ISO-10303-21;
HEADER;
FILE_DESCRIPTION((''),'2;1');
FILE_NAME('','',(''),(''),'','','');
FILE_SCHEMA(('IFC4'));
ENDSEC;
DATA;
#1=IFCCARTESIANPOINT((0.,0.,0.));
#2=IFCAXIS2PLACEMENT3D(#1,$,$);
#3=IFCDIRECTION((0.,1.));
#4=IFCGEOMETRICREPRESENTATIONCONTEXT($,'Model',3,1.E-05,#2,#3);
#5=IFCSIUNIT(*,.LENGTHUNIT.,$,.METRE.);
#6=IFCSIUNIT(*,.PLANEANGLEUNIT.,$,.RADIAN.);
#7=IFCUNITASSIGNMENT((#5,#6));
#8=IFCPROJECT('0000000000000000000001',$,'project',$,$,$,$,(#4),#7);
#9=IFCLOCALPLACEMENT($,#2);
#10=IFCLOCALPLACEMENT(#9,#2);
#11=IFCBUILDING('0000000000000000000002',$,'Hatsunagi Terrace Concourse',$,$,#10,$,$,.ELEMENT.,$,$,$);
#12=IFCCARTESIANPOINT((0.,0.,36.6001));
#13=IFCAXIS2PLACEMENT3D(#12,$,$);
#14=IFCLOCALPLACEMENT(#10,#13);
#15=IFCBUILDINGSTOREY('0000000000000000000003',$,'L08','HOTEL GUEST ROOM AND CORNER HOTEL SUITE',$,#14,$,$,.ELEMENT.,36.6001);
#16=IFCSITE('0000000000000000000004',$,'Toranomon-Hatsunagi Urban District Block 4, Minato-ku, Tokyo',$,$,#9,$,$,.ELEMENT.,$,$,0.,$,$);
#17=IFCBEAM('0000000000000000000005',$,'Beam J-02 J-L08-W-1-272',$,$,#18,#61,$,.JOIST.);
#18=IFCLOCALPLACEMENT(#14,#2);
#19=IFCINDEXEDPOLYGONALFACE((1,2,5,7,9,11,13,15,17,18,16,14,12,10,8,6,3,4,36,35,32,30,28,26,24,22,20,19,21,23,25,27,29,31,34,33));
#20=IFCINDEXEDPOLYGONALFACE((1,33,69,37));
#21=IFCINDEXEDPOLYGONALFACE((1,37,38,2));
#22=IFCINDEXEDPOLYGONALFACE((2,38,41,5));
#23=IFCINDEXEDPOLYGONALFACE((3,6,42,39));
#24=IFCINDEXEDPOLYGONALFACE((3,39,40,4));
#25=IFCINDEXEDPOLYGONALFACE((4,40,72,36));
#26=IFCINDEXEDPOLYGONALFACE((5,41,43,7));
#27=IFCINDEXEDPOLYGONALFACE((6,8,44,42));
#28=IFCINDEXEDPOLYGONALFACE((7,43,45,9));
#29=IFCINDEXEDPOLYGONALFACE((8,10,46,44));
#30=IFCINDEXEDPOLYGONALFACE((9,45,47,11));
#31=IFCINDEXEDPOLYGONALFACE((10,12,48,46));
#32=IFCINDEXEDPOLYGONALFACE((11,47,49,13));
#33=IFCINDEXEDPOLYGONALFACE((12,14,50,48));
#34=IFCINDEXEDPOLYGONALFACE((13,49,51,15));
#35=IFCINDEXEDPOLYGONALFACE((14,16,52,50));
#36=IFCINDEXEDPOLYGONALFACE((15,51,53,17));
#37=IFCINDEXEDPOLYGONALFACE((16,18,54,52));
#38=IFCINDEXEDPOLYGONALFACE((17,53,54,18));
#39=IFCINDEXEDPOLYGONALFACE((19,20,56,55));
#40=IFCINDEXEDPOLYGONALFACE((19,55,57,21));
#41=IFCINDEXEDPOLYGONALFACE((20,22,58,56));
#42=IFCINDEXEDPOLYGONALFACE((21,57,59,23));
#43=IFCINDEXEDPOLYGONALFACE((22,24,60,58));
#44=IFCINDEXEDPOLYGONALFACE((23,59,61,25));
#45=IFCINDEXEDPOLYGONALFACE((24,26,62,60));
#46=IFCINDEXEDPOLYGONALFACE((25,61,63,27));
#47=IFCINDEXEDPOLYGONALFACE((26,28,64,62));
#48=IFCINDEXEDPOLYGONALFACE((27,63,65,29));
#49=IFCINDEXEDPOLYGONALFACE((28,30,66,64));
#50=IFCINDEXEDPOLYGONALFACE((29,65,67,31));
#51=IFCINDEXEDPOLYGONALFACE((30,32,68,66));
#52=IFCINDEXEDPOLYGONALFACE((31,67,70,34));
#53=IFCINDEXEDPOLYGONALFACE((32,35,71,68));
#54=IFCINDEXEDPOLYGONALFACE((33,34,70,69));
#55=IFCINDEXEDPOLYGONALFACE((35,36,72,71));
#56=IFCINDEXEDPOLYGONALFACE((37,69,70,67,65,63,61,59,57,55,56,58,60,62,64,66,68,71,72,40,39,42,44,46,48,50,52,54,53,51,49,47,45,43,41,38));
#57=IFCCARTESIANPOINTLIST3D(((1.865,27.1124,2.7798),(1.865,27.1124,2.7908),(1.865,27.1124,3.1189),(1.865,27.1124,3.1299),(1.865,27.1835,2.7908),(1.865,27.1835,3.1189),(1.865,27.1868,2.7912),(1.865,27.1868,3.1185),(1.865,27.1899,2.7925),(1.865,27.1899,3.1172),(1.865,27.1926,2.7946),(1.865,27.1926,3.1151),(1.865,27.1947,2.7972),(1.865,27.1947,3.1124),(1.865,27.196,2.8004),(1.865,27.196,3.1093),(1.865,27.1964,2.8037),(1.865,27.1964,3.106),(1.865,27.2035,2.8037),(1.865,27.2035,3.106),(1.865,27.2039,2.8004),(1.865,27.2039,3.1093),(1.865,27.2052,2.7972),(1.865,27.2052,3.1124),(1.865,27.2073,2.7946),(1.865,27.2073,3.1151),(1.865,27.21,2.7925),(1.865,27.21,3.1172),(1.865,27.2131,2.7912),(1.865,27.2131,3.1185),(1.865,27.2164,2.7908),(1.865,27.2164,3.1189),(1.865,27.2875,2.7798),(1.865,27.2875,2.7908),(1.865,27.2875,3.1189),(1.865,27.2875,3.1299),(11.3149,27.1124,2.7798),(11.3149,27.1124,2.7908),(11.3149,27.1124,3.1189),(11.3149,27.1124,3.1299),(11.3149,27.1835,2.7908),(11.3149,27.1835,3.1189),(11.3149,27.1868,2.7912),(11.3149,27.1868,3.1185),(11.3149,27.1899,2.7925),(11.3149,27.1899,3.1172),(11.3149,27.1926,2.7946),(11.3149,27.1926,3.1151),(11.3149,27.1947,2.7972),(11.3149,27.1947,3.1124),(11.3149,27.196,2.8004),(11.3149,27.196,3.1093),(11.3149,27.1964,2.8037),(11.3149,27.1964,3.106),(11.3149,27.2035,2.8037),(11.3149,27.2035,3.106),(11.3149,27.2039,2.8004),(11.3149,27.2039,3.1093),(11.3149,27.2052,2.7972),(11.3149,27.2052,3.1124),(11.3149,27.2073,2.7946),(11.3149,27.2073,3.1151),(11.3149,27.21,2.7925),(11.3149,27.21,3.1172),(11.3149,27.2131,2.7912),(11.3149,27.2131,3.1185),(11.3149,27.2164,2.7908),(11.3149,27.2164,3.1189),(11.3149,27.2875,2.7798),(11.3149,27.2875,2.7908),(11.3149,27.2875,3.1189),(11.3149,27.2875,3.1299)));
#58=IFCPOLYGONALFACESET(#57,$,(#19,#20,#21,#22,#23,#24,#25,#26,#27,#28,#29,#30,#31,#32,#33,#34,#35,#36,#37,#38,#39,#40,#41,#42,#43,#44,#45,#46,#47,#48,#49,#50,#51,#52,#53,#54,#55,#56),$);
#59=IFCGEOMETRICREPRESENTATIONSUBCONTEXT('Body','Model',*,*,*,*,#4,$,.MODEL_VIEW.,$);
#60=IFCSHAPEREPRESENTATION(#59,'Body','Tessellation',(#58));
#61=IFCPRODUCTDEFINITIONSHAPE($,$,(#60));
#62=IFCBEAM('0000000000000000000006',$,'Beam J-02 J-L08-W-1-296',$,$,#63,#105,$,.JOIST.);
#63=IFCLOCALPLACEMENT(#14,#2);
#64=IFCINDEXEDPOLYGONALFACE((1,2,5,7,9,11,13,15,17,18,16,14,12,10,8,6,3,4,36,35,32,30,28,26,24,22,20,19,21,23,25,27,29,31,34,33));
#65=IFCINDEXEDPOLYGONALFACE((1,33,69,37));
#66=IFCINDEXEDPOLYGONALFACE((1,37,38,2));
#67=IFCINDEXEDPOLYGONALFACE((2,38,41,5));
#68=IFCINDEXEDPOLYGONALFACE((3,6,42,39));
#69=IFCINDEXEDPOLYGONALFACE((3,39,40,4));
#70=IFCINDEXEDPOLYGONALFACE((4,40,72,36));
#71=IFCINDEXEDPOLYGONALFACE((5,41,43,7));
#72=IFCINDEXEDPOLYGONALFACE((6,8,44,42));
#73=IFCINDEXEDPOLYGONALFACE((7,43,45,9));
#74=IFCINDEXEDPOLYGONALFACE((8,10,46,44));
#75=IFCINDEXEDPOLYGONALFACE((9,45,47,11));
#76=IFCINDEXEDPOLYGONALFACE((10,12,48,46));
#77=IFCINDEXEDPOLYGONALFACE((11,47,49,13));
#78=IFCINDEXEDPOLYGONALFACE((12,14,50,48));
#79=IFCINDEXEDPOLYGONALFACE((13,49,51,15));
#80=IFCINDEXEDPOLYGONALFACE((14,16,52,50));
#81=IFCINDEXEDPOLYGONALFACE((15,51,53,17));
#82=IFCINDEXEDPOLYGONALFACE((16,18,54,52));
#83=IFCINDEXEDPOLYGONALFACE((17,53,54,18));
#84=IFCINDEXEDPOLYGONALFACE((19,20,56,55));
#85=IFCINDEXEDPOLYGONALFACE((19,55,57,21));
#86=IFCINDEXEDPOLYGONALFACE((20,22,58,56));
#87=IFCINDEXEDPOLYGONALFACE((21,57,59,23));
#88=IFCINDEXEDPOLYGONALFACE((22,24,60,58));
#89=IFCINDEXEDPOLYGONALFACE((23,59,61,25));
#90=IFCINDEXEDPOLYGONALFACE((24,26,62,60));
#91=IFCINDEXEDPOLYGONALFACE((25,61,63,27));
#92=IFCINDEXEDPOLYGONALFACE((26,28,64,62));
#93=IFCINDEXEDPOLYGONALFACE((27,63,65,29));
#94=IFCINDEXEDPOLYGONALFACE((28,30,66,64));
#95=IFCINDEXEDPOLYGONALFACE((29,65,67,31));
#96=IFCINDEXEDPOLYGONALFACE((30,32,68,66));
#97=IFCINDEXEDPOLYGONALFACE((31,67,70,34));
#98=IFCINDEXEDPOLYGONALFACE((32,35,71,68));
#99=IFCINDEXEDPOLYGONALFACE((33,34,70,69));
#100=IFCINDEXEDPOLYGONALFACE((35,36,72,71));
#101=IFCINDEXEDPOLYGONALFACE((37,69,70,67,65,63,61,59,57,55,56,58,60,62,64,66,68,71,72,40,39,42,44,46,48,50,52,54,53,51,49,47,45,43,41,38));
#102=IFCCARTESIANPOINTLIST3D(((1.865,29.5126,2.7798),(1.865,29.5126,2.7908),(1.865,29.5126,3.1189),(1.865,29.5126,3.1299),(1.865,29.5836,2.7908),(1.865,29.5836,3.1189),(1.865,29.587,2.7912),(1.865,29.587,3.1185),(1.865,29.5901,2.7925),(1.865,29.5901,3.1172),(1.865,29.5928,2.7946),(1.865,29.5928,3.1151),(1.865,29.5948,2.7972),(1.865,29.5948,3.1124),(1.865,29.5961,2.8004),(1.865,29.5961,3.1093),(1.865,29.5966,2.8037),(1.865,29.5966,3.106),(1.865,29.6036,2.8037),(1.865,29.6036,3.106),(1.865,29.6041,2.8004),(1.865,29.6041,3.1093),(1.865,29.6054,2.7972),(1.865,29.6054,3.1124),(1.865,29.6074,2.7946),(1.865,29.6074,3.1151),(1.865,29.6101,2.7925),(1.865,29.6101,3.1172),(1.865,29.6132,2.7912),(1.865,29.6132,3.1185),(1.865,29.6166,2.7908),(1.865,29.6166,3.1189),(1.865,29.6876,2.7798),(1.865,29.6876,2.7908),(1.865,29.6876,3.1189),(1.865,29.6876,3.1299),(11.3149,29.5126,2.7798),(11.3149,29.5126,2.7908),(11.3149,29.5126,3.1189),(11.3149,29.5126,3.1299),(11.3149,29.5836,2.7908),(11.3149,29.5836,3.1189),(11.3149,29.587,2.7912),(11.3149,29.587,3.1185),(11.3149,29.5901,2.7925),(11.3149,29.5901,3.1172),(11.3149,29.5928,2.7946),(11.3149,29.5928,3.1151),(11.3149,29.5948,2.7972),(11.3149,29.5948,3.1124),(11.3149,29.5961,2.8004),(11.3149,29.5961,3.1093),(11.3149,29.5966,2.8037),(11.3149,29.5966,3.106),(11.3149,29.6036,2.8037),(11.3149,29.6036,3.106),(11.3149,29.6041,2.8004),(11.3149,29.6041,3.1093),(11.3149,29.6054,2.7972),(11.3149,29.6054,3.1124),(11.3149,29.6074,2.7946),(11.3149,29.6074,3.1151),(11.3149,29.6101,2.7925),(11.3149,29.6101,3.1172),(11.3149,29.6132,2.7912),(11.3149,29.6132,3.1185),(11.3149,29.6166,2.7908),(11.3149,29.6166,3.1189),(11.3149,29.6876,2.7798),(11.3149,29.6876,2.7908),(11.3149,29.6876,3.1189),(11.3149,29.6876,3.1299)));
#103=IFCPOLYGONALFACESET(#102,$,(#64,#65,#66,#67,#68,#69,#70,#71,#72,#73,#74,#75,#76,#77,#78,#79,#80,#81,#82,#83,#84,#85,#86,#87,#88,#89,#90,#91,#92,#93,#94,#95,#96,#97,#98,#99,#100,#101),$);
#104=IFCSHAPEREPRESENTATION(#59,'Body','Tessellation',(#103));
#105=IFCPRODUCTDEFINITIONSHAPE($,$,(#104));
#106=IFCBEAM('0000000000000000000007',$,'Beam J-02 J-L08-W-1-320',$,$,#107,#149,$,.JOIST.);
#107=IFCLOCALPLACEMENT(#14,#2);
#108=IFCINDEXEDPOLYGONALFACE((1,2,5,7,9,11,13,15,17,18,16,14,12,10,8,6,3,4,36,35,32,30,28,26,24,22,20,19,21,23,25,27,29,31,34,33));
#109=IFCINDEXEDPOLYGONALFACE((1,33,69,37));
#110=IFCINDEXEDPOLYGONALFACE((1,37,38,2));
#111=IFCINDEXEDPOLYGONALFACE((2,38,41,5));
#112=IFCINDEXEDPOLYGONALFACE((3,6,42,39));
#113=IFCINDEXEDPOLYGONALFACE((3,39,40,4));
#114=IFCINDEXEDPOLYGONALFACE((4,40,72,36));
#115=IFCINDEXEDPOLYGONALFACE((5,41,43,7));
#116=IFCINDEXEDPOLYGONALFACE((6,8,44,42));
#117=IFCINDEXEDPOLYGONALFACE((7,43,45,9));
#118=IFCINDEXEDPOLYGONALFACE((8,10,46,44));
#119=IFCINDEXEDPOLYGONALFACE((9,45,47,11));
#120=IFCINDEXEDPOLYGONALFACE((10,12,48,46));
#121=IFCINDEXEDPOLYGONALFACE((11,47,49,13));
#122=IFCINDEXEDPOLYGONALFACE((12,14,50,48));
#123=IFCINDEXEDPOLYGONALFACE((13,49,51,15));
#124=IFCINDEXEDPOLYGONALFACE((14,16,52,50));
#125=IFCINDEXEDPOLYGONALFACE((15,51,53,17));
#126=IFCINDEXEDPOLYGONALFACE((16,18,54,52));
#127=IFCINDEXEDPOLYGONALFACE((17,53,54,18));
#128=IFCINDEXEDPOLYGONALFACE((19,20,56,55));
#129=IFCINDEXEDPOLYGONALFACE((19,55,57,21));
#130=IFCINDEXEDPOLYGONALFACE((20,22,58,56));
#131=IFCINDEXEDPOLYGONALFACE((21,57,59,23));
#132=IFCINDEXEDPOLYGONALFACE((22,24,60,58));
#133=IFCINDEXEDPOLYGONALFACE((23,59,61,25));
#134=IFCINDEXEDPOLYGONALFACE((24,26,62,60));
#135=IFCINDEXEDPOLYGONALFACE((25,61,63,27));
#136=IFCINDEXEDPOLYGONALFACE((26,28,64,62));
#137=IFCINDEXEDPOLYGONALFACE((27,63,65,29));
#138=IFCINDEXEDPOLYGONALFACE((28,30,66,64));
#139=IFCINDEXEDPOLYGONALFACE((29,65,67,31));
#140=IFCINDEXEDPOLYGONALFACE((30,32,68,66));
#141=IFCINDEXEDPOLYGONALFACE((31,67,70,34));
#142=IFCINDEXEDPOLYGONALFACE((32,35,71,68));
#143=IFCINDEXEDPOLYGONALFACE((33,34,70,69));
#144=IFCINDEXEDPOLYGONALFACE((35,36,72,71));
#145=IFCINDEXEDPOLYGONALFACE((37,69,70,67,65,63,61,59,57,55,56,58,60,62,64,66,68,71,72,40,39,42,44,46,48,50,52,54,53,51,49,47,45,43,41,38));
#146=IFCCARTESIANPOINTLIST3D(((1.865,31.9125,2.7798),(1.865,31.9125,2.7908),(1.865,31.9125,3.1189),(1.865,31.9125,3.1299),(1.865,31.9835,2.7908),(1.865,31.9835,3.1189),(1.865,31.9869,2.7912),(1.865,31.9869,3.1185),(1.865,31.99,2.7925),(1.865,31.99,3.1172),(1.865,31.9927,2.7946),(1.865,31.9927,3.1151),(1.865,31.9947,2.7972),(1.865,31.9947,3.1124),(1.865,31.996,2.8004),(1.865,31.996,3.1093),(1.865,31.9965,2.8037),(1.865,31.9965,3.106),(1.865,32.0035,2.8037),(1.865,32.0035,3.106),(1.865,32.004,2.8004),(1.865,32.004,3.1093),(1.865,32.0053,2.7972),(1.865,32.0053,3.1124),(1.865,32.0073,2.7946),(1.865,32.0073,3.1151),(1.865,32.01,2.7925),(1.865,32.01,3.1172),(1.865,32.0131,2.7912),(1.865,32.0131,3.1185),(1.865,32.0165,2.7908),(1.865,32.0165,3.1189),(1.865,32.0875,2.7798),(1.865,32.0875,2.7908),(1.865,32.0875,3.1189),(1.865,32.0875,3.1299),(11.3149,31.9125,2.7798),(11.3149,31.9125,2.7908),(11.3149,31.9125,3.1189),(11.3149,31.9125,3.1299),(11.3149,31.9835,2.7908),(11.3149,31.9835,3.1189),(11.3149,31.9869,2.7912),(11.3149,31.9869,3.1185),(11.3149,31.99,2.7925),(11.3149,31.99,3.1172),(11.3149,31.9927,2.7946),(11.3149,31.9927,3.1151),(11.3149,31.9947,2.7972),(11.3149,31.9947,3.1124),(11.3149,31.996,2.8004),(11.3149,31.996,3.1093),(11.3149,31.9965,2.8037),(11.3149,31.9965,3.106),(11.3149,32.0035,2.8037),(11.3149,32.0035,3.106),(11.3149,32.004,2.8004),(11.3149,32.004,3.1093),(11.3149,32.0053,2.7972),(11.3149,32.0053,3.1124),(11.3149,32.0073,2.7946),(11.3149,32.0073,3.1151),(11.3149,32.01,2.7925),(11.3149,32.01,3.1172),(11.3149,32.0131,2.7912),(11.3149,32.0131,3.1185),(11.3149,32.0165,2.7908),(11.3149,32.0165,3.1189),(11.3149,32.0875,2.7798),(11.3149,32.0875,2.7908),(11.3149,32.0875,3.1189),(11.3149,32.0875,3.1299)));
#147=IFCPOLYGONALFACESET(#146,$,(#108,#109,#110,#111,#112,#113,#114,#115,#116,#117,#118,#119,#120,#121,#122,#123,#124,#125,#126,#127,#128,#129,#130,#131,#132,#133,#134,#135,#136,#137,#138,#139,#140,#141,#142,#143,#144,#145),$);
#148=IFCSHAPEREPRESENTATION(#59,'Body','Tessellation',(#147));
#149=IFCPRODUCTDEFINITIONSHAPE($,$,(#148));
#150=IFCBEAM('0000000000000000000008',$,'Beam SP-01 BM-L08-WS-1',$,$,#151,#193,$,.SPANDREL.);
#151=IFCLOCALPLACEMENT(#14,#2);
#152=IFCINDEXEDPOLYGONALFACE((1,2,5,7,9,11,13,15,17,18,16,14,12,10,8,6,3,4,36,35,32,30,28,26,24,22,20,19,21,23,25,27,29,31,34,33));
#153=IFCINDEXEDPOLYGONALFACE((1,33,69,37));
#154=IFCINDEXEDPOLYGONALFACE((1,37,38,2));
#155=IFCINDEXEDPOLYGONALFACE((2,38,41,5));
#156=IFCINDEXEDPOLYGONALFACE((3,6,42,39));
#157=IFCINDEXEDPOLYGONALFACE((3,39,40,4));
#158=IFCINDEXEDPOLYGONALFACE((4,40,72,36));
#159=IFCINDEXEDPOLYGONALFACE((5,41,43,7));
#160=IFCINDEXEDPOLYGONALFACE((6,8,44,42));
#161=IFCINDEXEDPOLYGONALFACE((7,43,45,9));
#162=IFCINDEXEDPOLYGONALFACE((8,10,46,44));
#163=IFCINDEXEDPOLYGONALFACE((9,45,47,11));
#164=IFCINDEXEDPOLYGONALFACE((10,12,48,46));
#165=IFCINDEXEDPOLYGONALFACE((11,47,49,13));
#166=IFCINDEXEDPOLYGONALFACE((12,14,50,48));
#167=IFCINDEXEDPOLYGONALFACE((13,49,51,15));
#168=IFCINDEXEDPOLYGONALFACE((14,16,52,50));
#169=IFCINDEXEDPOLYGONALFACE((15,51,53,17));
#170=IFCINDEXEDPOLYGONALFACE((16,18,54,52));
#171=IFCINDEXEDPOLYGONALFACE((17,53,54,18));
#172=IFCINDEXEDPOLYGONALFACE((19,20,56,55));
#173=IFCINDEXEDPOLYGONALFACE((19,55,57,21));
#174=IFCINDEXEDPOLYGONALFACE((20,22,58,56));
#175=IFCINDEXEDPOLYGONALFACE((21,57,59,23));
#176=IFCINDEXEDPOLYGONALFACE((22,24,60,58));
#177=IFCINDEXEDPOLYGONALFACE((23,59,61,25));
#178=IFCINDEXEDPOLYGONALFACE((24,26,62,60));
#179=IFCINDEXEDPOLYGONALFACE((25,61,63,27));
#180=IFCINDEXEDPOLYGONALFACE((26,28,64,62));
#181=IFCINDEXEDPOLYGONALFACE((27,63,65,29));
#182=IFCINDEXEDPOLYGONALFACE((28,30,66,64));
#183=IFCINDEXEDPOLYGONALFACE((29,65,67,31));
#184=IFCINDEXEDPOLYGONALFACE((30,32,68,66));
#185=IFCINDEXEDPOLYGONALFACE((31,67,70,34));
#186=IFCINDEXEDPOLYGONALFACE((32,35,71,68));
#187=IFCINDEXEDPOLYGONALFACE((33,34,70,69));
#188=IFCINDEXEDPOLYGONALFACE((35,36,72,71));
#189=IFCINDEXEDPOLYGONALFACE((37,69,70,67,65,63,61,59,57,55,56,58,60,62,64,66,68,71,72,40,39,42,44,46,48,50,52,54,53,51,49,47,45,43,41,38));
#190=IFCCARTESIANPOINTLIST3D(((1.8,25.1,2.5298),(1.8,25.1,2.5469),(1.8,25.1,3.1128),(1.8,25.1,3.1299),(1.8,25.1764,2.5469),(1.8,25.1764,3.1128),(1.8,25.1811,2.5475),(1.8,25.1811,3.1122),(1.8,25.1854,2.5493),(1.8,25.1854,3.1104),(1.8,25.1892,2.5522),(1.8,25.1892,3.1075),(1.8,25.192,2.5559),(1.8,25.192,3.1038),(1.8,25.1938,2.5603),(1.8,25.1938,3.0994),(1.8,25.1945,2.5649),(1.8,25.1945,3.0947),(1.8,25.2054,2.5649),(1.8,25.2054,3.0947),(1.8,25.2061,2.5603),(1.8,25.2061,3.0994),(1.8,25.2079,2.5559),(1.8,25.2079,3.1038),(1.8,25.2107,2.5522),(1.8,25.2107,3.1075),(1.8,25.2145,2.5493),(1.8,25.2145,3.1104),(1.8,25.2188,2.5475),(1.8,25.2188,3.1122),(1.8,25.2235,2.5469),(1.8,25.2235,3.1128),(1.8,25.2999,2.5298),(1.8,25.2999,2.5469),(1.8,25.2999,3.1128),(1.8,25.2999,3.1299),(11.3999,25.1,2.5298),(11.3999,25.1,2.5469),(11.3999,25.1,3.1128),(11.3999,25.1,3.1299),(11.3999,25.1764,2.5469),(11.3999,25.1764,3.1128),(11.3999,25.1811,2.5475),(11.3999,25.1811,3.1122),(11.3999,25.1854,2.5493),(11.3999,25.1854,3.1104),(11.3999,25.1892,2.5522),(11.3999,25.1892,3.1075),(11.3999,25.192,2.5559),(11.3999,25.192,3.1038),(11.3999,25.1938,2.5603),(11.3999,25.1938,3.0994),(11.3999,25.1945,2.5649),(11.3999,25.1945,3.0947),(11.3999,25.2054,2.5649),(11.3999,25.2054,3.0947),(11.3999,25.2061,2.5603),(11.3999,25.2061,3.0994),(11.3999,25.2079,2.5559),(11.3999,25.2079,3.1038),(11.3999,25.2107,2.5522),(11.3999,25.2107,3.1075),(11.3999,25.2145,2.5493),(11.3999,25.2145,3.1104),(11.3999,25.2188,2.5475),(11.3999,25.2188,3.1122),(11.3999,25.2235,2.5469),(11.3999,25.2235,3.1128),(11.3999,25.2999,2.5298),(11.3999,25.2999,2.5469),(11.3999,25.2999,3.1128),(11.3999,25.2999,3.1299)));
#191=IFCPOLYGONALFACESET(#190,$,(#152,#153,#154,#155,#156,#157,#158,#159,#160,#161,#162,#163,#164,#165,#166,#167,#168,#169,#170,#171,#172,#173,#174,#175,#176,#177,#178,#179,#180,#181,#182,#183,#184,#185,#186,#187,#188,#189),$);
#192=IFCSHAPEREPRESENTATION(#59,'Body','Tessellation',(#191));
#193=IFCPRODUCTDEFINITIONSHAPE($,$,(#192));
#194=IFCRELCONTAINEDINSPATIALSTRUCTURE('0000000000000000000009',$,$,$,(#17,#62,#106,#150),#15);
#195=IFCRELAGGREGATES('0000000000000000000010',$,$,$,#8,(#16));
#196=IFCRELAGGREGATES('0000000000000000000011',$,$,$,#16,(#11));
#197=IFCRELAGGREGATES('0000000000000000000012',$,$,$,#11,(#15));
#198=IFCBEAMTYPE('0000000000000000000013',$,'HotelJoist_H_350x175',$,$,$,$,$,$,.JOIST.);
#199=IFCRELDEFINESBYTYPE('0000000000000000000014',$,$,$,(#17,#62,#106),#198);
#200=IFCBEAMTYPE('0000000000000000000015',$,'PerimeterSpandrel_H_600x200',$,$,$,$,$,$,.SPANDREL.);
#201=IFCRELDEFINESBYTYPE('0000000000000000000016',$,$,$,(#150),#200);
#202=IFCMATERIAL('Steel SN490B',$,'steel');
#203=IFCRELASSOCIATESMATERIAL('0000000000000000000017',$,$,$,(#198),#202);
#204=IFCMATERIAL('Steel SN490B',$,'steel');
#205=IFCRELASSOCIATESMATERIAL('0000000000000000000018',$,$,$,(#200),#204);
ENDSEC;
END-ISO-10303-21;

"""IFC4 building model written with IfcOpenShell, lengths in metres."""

from ifc_helpers import new_model, si_unit, direction, frame, origin, origin_2d, place, context, subcontext, project, spatial, i_section, extrude, material, material_profile, profile_set, type_object, element, save


model = new_model("IFC4")

# Units and contexts
model_context = context("Model", 3, precision=1e-05, world=origin(), true_north=direction((0.0, 1.0)))
body_context = subcontext(model_context, "Body", "Model", "MODEL_VIEW")
ifc_project = project(units=[si_unit("LENGTHUNIT", "METRE"), si_unit("PLANEANGLEUNIT", "RADIAN")], contexts=[model_context])

# Site, building, storey
site_placement = place(None, origin())
site = spatial("IfcSite", under=ifc_project, at=site_placement, Name="Toranomon-Hatsunagi Urban District Block 4, Minato-ku, Tokyo", CompositionType="ELEMENT", RefElevation=0.0)
building_placement = place(site_placement, origin())
building = spatial("IfcBuilding", under=site, at=building_placement, Name="Hatsunagi Terrace Concourse", CompositionType="ELEMENT")
storey_placement = place(building_placement, frame((0.0, 0.0, 36.6001)))
storey = spatial("IfcBuildingStorey", under=building, at=storey_placement, Name="L08", Description="HOTEL GUEST ROOM AND CORNER HOTEL SUITE", CompositionType="ELEMENT", Elevation=36.6001)

# Beams
ifc_material_1 = material(Name="Steel SN490B", Category="steel")
ifc_material_profile_1 = material_profile(ifc_material_1, i_section(OverallWidth=0.175, OverallDepth=0.3501, WebThickness=0.0071, FlangeThickness=0.011, FilletRadius=0.0129, at=origin_2d()), Name="H-350x175x7x11")
ifc_profile_set_1 = profile_set([ifc_material_profile_1], Name="Steel SN490B")
beam_type_1 = type_object("IfcBeamType", Name="HotelJoist_H_350x175", PredefinedType="JOIST", material=ifc_profile_set_1)
for number, where, z_axis, x_axis, name in (
    (1, (1.865, 27.2, 2.9548), (1.0, 0.0, 0.0), (0.0, 1.0, 0.0), "Beam J-02 J-L08-W-1-272"),
    (2, (1.865, 29.6001, 2.9548), (1.0, 0.0, 0.0), (0.0, 1.0, 0.0), "Beam J-02 J-L08-W-1-296"),
    (3, (1.865, 32.0, 2.9548), (1.0, 0.0, 0.0), (0.0, 1.0, 0.0), "Beam J-02 J-L08-W-1-320"),
):
    element("IfcBeam", number, at=place(storey_placement, frame(where, z_axis=z_axis, x_axis=x_axis)), inside=storey, type_object=beam_type_1, Name=name, PredefinedType="JOIST", context=body_context, shape_type="SweptSolid", body=[
        extrude(i_section(OverallWidth=0.175, OverallDepth=0.3501, WebThickness=0.0071, FlangeThickness=0.011, FilletRadius=0.0129, at=origin_2d()), origin(), (0.0, 0.0, 1.0), 9.45),
    ])
ifc_material_2 = material(Name="Steel SN490B", Category="steel")
ifc_material_profile_2 = material_profile(ifc_material_2, i_section(OverallWidth=0.2, OverallDepth=0.6001, WebThickness=0.011, FlangeThickness=0.0171, FilletRadius=0.0181, at=origin_2d()), Name="H-600x200x11x17")
ifc_profile_set_2 = profile_set([ifc_material_profile_2], Name="Steel SN490B")
beam_type_2 = type_object("IfcBeamType", Name="PerimeterSpandrel_H_600x200", PredefinedType="SPANDREL", material=ifc_profile_set_2)
beam_1_placement = place(storey_placement, frame((1.8, 25.2, 2.8298), z_axis=(1.0, 0.0, 0.0), x_axis=(0.0, 1.0, 0.0)))
element("IfcBeam", 4, at=beam_1_placement, inside=storey, type_object=beam_type_2, Name="Beam SP-01 BM-L08-WS-1", PredefinedType="SPANDREL", context=body_context, shape_type="SweptSolid", body=[
    extrude(i_section(OverallWidth=0.2, OverallDepth=0.6001, WebThickness=0.011, FlangeThickness=0.0171, FilletRadius=0.0181, at=origin_2d()), origin(), (0.0, 0.0, 1.0), 9.5999),
])

save(model, "model.ifc")
